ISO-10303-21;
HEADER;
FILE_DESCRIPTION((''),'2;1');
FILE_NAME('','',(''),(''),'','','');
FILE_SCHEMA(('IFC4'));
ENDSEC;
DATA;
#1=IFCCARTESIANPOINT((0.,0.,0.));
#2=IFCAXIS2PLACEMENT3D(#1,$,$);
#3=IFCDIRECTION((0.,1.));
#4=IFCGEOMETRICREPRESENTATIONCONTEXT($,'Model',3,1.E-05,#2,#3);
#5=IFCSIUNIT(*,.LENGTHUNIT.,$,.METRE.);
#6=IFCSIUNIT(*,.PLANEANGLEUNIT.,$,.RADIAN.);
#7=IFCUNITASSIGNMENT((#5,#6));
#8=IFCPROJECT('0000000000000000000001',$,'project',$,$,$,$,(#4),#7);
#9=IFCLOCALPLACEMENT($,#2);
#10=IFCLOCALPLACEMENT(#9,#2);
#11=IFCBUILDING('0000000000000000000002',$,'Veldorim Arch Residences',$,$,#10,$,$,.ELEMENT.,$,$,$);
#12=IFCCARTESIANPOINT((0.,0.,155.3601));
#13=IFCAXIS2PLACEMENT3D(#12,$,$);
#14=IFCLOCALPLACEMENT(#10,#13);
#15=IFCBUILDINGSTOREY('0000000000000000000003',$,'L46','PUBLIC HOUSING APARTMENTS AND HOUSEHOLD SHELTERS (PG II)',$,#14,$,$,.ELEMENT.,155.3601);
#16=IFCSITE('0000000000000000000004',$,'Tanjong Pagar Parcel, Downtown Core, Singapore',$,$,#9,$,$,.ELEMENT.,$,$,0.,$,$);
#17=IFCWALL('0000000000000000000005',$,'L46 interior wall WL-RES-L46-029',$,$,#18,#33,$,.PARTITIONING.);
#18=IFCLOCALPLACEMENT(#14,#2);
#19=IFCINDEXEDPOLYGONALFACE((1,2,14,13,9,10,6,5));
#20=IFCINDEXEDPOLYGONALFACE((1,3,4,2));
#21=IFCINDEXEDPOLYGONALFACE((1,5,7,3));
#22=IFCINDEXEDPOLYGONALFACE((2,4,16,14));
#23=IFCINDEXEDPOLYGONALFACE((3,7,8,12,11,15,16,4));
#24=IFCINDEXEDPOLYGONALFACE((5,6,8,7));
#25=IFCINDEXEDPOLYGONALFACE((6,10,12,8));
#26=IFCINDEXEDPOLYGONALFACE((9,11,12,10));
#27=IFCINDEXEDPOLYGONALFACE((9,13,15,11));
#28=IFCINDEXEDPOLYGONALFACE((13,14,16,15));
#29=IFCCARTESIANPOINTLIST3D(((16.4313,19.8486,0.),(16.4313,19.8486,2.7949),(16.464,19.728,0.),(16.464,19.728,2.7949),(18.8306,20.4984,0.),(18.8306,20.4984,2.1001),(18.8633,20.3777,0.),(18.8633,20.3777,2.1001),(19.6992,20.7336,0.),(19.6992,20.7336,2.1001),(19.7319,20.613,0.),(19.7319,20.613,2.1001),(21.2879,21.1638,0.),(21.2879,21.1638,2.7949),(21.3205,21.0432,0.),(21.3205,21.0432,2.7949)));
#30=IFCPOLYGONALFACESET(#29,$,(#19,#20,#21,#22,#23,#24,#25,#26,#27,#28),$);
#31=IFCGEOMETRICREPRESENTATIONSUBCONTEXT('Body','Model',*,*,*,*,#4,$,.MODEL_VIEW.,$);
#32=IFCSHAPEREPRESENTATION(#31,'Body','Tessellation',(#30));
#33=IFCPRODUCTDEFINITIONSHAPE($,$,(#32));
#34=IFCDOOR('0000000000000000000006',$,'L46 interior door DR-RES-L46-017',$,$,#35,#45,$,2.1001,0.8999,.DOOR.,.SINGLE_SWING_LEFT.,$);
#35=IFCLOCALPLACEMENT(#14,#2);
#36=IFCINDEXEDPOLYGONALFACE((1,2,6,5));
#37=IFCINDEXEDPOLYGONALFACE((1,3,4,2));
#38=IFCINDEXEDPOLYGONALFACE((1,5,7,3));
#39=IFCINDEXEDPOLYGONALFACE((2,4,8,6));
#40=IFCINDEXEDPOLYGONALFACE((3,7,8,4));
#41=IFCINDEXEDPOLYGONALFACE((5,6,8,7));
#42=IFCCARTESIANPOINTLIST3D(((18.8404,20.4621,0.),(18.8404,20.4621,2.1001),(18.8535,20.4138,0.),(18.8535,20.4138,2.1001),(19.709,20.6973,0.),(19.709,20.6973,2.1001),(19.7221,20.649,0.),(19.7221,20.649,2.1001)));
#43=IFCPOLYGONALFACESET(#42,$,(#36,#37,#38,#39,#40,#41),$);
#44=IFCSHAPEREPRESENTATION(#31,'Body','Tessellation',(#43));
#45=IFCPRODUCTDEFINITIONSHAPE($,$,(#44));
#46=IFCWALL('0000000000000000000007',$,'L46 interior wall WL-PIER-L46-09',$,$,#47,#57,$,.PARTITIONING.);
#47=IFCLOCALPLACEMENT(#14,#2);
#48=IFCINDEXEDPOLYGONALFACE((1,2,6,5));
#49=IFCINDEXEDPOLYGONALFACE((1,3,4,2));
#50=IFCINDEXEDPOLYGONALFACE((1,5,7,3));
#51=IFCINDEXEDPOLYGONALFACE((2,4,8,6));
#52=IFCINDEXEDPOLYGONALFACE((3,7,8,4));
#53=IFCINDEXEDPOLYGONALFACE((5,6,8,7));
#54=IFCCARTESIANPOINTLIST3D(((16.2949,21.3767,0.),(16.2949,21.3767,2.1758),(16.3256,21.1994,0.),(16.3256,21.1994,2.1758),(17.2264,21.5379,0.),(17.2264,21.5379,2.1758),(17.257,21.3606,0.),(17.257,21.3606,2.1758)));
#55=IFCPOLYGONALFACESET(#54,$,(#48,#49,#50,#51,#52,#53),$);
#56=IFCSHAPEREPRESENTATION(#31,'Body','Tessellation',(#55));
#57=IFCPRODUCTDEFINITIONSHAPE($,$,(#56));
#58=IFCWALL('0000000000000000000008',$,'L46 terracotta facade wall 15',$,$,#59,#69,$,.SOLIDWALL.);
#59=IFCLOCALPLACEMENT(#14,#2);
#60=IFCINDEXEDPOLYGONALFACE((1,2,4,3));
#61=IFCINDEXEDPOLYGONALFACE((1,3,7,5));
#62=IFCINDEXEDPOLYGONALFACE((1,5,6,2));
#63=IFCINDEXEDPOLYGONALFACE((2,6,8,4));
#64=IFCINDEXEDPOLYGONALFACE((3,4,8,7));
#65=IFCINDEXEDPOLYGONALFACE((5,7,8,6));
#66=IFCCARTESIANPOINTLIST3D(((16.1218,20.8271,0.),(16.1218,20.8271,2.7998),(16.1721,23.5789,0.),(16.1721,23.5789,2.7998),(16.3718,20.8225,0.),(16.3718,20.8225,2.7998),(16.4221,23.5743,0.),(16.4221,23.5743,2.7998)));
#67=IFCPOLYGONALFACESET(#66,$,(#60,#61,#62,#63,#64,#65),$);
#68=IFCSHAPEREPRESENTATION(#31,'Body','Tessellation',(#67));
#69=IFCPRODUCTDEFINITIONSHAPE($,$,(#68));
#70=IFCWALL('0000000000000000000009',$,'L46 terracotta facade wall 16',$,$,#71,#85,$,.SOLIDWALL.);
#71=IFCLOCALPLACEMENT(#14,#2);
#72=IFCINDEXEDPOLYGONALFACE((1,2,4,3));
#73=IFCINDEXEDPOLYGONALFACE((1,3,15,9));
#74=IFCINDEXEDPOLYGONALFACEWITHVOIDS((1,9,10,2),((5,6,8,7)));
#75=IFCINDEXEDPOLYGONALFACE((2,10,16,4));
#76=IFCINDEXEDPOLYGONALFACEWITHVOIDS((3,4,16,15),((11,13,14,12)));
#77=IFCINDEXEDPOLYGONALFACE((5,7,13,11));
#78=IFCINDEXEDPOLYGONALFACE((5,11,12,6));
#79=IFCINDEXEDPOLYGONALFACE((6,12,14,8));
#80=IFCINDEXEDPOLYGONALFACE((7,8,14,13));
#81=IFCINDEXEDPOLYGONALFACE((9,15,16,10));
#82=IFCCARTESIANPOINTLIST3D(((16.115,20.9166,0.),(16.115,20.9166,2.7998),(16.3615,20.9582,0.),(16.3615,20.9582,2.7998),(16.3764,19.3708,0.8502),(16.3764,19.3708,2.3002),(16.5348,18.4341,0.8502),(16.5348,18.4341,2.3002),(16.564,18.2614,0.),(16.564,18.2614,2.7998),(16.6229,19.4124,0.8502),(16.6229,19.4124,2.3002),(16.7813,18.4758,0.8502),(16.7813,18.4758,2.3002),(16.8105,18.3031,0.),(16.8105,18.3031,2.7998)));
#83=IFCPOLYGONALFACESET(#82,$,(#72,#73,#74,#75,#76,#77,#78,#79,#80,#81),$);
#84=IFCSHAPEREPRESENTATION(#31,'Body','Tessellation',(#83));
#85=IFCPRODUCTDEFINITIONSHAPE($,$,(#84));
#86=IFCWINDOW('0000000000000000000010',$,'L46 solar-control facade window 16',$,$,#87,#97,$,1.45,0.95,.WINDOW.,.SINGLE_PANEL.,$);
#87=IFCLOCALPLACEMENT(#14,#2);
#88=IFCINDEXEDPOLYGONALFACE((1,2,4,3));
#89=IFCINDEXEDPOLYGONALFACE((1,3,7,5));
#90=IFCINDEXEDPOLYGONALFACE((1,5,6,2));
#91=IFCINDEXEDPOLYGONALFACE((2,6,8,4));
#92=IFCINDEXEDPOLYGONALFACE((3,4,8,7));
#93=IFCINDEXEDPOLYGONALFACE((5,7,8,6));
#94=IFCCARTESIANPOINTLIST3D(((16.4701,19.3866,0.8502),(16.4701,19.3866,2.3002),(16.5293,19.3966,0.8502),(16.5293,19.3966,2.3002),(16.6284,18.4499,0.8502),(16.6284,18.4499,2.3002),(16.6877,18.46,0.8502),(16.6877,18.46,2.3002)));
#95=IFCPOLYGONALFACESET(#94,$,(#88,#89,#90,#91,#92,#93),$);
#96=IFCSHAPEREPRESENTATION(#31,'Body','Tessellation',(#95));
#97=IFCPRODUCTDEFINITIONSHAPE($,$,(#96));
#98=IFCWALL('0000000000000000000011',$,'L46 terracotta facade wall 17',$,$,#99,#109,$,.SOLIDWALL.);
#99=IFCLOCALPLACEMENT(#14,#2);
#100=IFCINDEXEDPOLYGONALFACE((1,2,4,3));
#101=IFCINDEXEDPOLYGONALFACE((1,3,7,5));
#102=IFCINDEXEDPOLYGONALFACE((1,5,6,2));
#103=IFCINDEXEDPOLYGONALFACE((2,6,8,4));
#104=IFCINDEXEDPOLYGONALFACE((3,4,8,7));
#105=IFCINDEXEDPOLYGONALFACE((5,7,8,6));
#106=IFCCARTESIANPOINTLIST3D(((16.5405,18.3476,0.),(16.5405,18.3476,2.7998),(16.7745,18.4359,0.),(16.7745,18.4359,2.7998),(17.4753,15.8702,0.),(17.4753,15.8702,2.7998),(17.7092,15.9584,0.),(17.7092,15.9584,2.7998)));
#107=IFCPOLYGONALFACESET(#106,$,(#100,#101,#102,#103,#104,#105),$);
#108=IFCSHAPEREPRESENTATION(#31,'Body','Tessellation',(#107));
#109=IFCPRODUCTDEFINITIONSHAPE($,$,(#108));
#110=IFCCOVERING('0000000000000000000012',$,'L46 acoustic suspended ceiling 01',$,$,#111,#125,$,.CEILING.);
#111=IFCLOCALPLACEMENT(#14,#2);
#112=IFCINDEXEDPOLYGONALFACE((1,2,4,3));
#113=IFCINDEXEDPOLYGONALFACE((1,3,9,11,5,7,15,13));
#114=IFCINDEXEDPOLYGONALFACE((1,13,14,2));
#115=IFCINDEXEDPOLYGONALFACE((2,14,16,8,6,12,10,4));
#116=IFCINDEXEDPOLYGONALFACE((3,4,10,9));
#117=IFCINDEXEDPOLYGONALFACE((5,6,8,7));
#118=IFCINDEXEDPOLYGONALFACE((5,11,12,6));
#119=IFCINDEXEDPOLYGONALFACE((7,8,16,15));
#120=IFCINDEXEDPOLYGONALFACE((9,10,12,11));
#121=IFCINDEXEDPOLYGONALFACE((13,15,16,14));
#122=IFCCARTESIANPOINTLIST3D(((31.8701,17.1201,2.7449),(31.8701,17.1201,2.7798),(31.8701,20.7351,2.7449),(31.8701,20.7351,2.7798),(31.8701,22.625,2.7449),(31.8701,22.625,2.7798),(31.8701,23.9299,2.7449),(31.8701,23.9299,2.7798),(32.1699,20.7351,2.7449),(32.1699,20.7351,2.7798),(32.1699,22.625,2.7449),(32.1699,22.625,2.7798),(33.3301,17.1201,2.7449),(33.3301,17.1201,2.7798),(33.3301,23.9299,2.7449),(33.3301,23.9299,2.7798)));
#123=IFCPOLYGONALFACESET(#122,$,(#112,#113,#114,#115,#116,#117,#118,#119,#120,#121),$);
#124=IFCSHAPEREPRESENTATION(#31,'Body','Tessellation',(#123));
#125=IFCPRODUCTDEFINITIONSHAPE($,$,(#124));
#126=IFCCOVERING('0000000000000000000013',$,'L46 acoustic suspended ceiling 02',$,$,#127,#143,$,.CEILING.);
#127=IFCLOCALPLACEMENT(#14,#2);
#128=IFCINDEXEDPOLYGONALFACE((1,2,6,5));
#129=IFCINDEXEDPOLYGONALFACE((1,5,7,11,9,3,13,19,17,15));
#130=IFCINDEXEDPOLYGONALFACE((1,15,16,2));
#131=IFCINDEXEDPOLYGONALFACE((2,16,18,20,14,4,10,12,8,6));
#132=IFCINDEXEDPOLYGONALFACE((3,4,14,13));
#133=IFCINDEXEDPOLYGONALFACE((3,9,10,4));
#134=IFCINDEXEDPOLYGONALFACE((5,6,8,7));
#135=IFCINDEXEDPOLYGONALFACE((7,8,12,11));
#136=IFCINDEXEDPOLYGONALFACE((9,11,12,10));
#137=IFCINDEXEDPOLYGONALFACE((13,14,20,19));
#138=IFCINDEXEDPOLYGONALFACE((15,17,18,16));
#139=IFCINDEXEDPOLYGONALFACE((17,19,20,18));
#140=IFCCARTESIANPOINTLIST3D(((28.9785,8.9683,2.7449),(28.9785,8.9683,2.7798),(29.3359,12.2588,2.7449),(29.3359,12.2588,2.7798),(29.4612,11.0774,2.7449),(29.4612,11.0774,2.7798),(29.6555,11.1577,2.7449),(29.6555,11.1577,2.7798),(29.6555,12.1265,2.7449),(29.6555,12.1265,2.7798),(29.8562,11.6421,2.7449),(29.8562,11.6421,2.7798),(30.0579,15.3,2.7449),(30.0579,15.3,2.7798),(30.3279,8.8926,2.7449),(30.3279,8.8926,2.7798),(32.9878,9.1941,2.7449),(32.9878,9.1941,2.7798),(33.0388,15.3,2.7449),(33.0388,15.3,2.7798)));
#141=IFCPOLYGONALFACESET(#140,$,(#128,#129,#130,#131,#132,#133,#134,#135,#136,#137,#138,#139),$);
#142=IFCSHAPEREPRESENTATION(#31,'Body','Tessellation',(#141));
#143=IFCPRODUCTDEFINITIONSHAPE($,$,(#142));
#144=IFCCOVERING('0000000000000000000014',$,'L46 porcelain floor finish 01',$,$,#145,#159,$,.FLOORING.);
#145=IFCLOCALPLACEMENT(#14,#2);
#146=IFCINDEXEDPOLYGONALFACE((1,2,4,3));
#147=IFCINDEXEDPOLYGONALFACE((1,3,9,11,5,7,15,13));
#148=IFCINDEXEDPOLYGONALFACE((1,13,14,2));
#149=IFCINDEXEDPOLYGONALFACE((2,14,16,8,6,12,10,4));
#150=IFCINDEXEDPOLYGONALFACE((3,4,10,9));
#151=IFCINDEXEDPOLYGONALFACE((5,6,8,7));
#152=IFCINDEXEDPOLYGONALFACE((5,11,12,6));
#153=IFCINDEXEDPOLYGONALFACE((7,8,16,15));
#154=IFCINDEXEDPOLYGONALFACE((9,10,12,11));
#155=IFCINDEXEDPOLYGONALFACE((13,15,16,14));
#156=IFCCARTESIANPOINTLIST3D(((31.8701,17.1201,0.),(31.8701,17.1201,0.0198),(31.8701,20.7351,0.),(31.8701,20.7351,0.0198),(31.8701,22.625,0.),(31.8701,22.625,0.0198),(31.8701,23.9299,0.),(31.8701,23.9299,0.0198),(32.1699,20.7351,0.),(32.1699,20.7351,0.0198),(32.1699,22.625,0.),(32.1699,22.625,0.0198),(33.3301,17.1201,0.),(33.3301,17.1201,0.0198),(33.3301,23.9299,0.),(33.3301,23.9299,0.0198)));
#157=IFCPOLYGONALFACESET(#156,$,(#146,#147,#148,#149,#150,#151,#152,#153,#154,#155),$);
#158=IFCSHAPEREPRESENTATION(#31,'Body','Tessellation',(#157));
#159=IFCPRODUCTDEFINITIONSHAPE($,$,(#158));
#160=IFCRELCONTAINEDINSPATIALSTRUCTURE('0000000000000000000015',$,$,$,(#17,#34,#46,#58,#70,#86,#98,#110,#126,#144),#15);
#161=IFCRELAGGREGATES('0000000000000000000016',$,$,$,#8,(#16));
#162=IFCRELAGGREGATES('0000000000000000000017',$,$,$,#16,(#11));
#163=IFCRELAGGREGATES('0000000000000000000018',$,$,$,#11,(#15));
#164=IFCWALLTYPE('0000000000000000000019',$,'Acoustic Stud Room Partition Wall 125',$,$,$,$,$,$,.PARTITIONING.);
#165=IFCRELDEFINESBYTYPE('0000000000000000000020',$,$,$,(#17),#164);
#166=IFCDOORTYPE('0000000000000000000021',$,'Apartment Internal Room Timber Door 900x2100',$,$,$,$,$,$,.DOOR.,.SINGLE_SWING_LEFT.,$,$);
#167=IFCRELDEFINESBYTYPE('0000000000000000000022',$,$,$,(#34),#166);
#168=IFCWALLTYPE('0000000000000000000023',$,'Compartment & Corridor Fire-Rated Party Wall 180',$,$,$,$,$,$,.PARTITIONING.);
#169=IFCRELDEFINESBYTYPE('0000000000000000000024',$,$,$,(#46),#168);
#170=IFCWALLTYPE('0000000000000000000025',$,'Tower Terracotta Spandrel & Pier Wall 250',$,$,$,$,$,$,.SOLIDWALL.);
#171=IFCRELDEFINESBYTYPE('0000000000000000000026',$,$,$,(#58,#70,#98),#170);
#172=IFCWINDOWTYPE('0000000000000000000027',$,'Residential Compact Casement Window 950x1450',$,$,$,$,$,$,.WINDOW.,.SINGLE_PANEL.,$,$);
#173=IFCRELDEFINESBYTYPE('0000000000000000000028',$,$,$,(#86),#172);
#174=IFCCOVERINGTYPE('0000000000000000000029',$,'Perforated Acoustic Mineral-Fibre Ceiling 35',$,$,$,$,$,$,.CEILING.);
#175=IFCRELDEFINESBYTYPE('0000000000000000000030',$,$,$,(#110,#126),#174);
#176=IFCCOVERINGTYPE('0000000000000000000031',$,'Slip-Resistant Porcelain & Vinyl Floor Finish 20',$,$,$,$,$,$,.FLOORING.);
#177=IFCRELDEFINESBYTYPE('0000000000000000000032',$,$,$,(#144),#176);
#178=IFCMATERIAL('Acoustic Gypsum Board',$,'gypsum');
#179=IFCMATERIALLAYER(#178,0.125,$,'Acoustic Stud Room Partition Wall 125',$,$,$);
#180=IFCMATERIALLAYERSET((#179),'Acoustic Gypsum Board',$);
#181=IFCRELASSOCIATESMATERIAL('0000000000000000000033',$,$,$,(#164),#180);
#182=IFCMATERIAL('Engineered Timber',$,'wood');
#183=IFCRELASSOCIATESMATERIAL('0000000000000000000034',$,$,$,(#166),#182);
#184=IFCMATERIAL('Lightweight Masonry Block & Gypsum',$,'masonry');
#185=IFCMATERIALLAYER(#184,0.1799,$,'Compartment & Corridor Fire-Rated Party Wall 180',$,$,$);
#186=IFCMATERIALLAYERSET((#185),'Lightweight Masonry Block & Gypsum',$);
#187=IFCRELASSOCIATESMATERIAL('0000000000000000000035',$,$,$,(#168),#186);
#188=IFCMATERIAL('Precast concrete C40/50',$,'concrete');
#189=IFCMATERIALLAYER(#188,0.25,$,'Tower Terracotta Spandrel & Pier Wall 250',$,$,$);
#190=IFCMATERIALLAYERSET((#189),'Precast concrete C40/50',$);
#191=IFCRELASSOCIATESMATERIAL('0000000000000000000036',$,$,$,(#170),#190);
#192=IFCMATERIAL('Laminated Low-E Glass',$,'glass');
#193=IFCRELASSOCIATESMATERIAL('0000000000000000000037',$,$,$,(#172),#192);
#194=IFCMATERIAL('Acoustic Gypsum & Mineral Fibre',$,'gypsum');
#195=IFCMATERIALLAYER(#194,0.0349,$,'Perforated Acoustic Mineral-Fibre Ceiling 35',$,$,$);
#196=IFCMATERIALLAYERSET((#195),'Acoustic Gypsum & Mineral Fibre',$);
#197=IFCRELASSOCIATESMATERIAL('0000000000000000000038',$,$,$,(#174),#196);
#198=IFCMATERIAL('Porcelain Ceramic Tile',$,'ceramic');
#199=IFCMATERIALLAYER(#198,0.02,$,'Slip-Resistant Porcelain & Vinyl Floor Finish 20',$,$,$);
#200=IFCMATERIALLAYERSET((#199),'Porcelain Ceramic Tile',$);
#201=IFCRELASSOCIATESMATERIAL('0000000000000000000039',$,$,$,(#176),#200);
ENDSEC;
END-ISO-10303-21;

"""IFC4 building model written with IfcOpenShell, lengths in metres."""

from ifc_helpers import new_model, si_unit, direction, frame, frame_2d, origin, place, context, subcontext, project, spatial, polyline, rectangle, outline, extrude, material, layer, layer_set, type_object, element, fill, save


model = new_model("IFC4")

# Units and contexts
model_context = context("Model", 3, precision=1e-05, world=origin(), true_north=direction((0.0, 1.0)))
body_context = subcontext(model_context, "Body", "Model", "MODEL_VIEW")
ifc_project = project(units=[si_unit("LENGTHUNIT", "METRE"), si_unit("PLANEANGLEUNIT", "RADIAN")], contexts=[model_context])

# Site, building, storey
site_placement = place(None, origin())
site = spatial("IfcSite", under=ifc_project, at=site_placement, Name="Tanjong Pagar Parcel, Downtown Core, Singapore", CompositionType="ELEMENT", RefElevation=0.0)
building_placement = place(site_placement, origin())
building = spatial("IfcBuilding", under=site, at=building_placement, Name="Veldorim Arch Residences", CompositionType="ELEMENT")
storey_placement = place(building_placement, frame((0.0, 0.0, 155.3601)))
storey = spatial("IfcBuildingStorey", under=building, at=storey_placement, Name="L46", Description="PUBLIC HOUSING APARTMENTS AND HOUSEHOLD SHELTERS (PG II)", CompositionType="ELEMENT", Elevation=155.3601)

# Wall, opening, door
ifc_material_1 = material(Name="Acoustic Gypsum Board", Category="gypsum")
ifc_layer_1 = layer(ifc_material_1, 0.125, Name="Acoustic Stud Room Partition Wall 125")
ifc_layer_set_1 = layer_set([ifc_layer_1], Name="Acoustic Gypsum Board")
wall_type_1 = type_object("IfcWallType", Name="Acoustic Stud Room Partition Wall 125", PredefinedType="PARTITIONING", material=ifc_layer_set_1)
wall_1_placement = place(storey_placement, frame((16.4478, 19.7883, 0.0), z_axis=(0.0, 0.0, 1.0), x_axis=(0.965231, 0.261397, 0.0)))
wall_1 = element("IfcWall", 1, at=wall_1_placement, inside=storey, type_object=wall_type_1, Name="L46 interior wall WL-RES-L46-029", PredefinedType="PARTITIONING", context=body_context, shape_type="SweptSolid", body=[
    extrude(rectangle(XDim=5.0315, YDim=0.125, at=frame_2d((2.5156, 0.0))), origin(), (0.0, 0.0, 1.0), 2.7949),
])
opening_1_placement = place(wall_1_placement, frame((2.4856, 0.0, 0.0)))
opening_1 = element("IfcOpeningElement", 2, at=opening_1_placement, cuts=wall_1, PredefinedType="OPENING", context=body_context, shape_type="SweptSolid", body=[
    extrude(rectangle(XDim=0.8999, YDim=2.1001, at=frame_2d((0.45, 1.05))), frame((0.0, 0.0725, 0.0), z_axis=(0.0, -1.0, 0.0), x_axis=(1.0, 0.0, 0.0)), (0.0, 0.0, 1.0), 0.145),
])
ifc_material_2 = material(Name="Engineered Timber", Category="wood")
door_type = type_object("IfcDoorType", Name="Apartment Internal Room Timber Door 900x2100", OperationType="SINGLE_SWING_LEFT", PredefinedType="DOOR", material=ifc_material_2)
door_placement = place(opening_1_placement, origin())
door = element("IfcDoor", 3, at=door_placement, inside=storey, type_object=door_type, Name="L46 interior door DR-RES-L46-017", OperationType="SINGLE_SWING_LEFT", OverallHeight=2.1001, OverallWidth=0.8999, PredefinedType="DOOR", context=body_context, shape_type="SweptSolid", body=[
    extrude(rectangle(XDim=0.8999, YDim=2.1001, at=frame_2d((0.45, 1.05))), frame((0.0, 0.0249, 0.0), z_axis=(0.0, -1.0, 0.0), x_axis=(1.0, 0.0, 0.0)), (0.0, 0.0, 1.0), 0.05),
])
fill(opening_1, door)

# Walls
ifc_material_3 = material(Name="Lightweight Masonry Block & Gypsum", Category="masonry")
ifc_layer_2 = layer(ifc_material_3, 0.1799, Name="Compartment & Corridor Fire-Rated Party Wall 180")
ifc_layer_set_2 = layer_set([ifc_layer_2], Name="Lightweight Masonry Block & Gypsum")
wall_type_2 = type_object("IfcWallType", Name="Compartment & Corridor Fire-Rated Party Wall 180", PredefinedType="PARTITIONING", material=ifc_layer_set_2)
wall_2_placement = place(storey_placement, frame((17.2417, 21.4492, 0.0), z_axis=(0.0, 0.0, 1.0), x_axis=(-0.985363, -0.170469, 0.0)))
element("IfcWall", 4, at=wall_2_placement, inside=storey, type_object=wall_type_2, Name="L46 interior wall WL-PIER-L46-09", PredefinedType="PARTITIONING", context=body_context, shape_type="SweptSolid", body=[
    extrude(rectangle(XDim=0.9453, YDim=0.1799, at=frame_2d((0.4727, 0.0))), origin(), (0.0, 0.0, 1.0), 2.1758),
])
ifc_material_4 = material(Name="Precast concrete C40/50", Category="concrete")
ifc_layer_3 = layer(ifc_material_4, 0.25, Name="Tower Terracotta Spandrel & Pier Wall 250")
ifc_layer_set_3 = layer_set([ifc_layer_3], Name="Precast concrete C40/50")
wall_type_3 = type_object("IfcWallType", Name="Tower Terracotta Spandrel & Pier Wall 250", PredefinedType="SOLIDWALL", material=ifc_layer_set_3)
wall_3_placement = place(storey_placement, frame((16.2468, 20.825, 0.0), z_axis=(0.0, 0.0, 1.0), x_axis=(0.018274, 0.999833, 0.0)))
element("IfcWall", 5, at=wall_3_placement, inside=storey, type_object=wall_type_3, Name="L46 terracotta facade wall 15", PredefinedType="SOLIDWALL", context=body_context, shape_type="SweptSolid", body=[
    extrude(rectangle(XDim=2.7522, YDim=0.25, at=frame_2d((1.376, 0.0))), origin(), (0.0, 0.0, 1.0), 2.7998),
])

# Wall, opening, window
wall_4_placement = place(storey_placement, frame((16.6873, 18.2822, 0.0), z_axis=(0.0, 0.0, 1.0), x_axis=(-0.166721, 0.986004, 0.0)))
wall_4 = element("IfcWall", 6, at=wall_4_placement, inside=storey, type_object=wall_type_3, Name="L46 terracotta facade wall 16", PredefinedType="SOLIDWALL", context=body_context, shape_type="SweptSolid", body=[
    extrude(rectangle(XDim=2.6929, YDim=0.25, at=frame_2d((1.3464, 0.0))), origin(), (0.0, 0.0, 1.0), 2.7998),
])
opening_2_placement = place(wall_4_placement, frame((0.175, 0.0, 0.8501)))
opening_2 = element("IfcOpeningElement", 7, at=opening_2_placement, cuts=wall_4, PredefinedType="OPENING", context=body_context, shape_type="SweptSolid", body=[
    extrude(rectangle(XDim=0.95, YDim=1.45, at=frame_2d((0.4751, 0.7251))), frame((0.0, 0.135, 0.0), z_axis=(0.0, -1.0, 0.0), x_axis=(1.0, 0.0, 0.0)), (0.0, 0.0, 1.0), 0.27),
])
ifc_material_5 = material(Name="Laminated Low-E Glass", Category="glass")
window_type = type_object("IfcWindowType", Name="Residential Compact Casement Window 950x1450", PartitioningType="SINGLE_PANEL", PredefinedType="WINDOW", material=ifc_material_5)
window_placement = place(opening_2_placement, origin())
window = element("IfcWindow", 8, at=window_placement, inside=storey, type_object=window_type, Name="L46 solar-control facade window 16", OverallHeight=1.45, OverallWidth=0.95, PartitioningType="SINGLE_PANEL", PredefinedType="WINDOW", context=body_context, shape_type="SweptSolid", body=[
    extrude(rectangle(XDim=0.95, YDim=1.45, at=frame_2d((0.4751, 0.7251))), frame((0.0, 0.03, 0.0), z_axis=(0.0, -1.0, 0.0), x_axis=(1.0, 0.0, 0.0)), (0.0, 0.0, 1.0), 0.0601),
])
fill(opening_2, window)

# Wall
wall_5_placement = place(storey_placement, frame((17.5923, 15.9143, 0.0), z_axis=(0.0, 0.0, 1.0), x_axis=(-0.353022, 0.935615, 0.0)))
element("IfcWall", 9, at=wall_5_placement, inside=storey, type_object=wall_type_3, Name="L46 terracotta facade wall 17", PredefinedType="SOLIDWALL", context=body_context, shape_type="SweptSolid", body=[
    extrude(rectangle(XDim=2.6479, YDim=0.25, at=frame_2d((1.324, 0.0))), origin(), (0.0, 0.0, 1.0), 2.7998),
])

# Coverings
ifc_material_6 = material(Name="Acoustic Gypsum & Mineral Fibre", Category="gypsum")
ifc_layer_4 = layer(ifc_material_6, 0.0349, Name="Perforated Acoustic Mineral-Fibre Ceiling 35")
ifc_layer_set_4 = layer_set([ifc_layer_4], Name="Acoustic Gypsum & Mineral Fibre")
covering_type_1 = type_object("IfcCoveringType", Name="Perforated Acoustic Mineral-Fibre Ceiling 35", PredefinedType="CEILING", material=ifc_layer_set_4)
covering_1_placement = place(storey_placement, frame((0.0, 0.0, 2.7449)))
element("IfcCovering", 10, at=covering_1_placement, inside=storey, type_object=covering_type_1, Name="L46 acoustic suspended ceiling 01", PredefinedType="CEILING", context=body_context, shape_type="SweptSolid", body=[
    extrude(outline(polyline([(33.3301, 23.9299), (33.3301, 17.1201), (31.8701, 17.1201), (31.8701, 20.7351), (32.1699, 20.7351), (32.1699, 22.625), (31.8701, 22.625), (31.8701, 23.9299), (33.3301, 23.9299)])), origin(), (0.0, 0.0, 1.0), 0.0349),
])
covering_2_placement = place(storey_placement, frame((0.0, 0.0, 2.7449)))
element("IfcCovering", 11, at=covering_2_placement, inside=storey, type_object=covering_type_1, Name="L46 acoustic suspended ceiling 02", PredefinedType="CEILING", context=body_context, shape_type="SweptSolid", body=[
    extrude(outline(polyline([(28.9785, 8.9683), (29.4612, 11.0774), (29.6555, 11.1577), (29.8562, 11.6421), (29.6555, 12.1265), (29.3359, 12.2588), (30.0579, 15.3), (33.0388, 15.3), (32.9878, 9.1941), (30.3279, 8.8926), (28.9785, 8.9683)])), origin(), (0.0, 0.0, 1.0), 0.0349),
])
ifc_material_7 = material(Name="Porcelain Ceramic Tile", Category="ceramic")
ifc_layer_5 = layer(ifc_material_7, 0.02, Name="Slip-Resistant Porcelain & Vinyl Floor Finish 20")
ifc_layer_set_5 = layer_set([ifc_layer_5], Name="Porcelain Ceramic Tile")
covering_type_2 = type_object("IfcCoveringType", Name="Slip-Resistant Porcelain & Vinyl Floor Finish 20", PredefinedType="FLOORING", material=ifc_layer_set_5)
covering_3_placement = place(storey_placement, origin())
element("IfcCovering", 12, at=covering_3_placement, inside=storey, type_object=covering_type_2, Name="L46 porcelain floor finish 01", PredefinedType="FLOORING", context=body_context, shape_type="SweptSolid", body=[
    extrude(outline(polyline([(33.3301, 23.9299), (33.3301, 17.1201), (31.8701, 17.1201), (31.8701, 20.7351), (32.1699, 20.7351), (32.1699, 22.625), (31.8701, 22.625), (31.8701, 23.9299), (33.3301, 23.9299)])), origin(), (0.0, 0.0, 1.0), 0.0198),
])

save(model, "model.ifc")
